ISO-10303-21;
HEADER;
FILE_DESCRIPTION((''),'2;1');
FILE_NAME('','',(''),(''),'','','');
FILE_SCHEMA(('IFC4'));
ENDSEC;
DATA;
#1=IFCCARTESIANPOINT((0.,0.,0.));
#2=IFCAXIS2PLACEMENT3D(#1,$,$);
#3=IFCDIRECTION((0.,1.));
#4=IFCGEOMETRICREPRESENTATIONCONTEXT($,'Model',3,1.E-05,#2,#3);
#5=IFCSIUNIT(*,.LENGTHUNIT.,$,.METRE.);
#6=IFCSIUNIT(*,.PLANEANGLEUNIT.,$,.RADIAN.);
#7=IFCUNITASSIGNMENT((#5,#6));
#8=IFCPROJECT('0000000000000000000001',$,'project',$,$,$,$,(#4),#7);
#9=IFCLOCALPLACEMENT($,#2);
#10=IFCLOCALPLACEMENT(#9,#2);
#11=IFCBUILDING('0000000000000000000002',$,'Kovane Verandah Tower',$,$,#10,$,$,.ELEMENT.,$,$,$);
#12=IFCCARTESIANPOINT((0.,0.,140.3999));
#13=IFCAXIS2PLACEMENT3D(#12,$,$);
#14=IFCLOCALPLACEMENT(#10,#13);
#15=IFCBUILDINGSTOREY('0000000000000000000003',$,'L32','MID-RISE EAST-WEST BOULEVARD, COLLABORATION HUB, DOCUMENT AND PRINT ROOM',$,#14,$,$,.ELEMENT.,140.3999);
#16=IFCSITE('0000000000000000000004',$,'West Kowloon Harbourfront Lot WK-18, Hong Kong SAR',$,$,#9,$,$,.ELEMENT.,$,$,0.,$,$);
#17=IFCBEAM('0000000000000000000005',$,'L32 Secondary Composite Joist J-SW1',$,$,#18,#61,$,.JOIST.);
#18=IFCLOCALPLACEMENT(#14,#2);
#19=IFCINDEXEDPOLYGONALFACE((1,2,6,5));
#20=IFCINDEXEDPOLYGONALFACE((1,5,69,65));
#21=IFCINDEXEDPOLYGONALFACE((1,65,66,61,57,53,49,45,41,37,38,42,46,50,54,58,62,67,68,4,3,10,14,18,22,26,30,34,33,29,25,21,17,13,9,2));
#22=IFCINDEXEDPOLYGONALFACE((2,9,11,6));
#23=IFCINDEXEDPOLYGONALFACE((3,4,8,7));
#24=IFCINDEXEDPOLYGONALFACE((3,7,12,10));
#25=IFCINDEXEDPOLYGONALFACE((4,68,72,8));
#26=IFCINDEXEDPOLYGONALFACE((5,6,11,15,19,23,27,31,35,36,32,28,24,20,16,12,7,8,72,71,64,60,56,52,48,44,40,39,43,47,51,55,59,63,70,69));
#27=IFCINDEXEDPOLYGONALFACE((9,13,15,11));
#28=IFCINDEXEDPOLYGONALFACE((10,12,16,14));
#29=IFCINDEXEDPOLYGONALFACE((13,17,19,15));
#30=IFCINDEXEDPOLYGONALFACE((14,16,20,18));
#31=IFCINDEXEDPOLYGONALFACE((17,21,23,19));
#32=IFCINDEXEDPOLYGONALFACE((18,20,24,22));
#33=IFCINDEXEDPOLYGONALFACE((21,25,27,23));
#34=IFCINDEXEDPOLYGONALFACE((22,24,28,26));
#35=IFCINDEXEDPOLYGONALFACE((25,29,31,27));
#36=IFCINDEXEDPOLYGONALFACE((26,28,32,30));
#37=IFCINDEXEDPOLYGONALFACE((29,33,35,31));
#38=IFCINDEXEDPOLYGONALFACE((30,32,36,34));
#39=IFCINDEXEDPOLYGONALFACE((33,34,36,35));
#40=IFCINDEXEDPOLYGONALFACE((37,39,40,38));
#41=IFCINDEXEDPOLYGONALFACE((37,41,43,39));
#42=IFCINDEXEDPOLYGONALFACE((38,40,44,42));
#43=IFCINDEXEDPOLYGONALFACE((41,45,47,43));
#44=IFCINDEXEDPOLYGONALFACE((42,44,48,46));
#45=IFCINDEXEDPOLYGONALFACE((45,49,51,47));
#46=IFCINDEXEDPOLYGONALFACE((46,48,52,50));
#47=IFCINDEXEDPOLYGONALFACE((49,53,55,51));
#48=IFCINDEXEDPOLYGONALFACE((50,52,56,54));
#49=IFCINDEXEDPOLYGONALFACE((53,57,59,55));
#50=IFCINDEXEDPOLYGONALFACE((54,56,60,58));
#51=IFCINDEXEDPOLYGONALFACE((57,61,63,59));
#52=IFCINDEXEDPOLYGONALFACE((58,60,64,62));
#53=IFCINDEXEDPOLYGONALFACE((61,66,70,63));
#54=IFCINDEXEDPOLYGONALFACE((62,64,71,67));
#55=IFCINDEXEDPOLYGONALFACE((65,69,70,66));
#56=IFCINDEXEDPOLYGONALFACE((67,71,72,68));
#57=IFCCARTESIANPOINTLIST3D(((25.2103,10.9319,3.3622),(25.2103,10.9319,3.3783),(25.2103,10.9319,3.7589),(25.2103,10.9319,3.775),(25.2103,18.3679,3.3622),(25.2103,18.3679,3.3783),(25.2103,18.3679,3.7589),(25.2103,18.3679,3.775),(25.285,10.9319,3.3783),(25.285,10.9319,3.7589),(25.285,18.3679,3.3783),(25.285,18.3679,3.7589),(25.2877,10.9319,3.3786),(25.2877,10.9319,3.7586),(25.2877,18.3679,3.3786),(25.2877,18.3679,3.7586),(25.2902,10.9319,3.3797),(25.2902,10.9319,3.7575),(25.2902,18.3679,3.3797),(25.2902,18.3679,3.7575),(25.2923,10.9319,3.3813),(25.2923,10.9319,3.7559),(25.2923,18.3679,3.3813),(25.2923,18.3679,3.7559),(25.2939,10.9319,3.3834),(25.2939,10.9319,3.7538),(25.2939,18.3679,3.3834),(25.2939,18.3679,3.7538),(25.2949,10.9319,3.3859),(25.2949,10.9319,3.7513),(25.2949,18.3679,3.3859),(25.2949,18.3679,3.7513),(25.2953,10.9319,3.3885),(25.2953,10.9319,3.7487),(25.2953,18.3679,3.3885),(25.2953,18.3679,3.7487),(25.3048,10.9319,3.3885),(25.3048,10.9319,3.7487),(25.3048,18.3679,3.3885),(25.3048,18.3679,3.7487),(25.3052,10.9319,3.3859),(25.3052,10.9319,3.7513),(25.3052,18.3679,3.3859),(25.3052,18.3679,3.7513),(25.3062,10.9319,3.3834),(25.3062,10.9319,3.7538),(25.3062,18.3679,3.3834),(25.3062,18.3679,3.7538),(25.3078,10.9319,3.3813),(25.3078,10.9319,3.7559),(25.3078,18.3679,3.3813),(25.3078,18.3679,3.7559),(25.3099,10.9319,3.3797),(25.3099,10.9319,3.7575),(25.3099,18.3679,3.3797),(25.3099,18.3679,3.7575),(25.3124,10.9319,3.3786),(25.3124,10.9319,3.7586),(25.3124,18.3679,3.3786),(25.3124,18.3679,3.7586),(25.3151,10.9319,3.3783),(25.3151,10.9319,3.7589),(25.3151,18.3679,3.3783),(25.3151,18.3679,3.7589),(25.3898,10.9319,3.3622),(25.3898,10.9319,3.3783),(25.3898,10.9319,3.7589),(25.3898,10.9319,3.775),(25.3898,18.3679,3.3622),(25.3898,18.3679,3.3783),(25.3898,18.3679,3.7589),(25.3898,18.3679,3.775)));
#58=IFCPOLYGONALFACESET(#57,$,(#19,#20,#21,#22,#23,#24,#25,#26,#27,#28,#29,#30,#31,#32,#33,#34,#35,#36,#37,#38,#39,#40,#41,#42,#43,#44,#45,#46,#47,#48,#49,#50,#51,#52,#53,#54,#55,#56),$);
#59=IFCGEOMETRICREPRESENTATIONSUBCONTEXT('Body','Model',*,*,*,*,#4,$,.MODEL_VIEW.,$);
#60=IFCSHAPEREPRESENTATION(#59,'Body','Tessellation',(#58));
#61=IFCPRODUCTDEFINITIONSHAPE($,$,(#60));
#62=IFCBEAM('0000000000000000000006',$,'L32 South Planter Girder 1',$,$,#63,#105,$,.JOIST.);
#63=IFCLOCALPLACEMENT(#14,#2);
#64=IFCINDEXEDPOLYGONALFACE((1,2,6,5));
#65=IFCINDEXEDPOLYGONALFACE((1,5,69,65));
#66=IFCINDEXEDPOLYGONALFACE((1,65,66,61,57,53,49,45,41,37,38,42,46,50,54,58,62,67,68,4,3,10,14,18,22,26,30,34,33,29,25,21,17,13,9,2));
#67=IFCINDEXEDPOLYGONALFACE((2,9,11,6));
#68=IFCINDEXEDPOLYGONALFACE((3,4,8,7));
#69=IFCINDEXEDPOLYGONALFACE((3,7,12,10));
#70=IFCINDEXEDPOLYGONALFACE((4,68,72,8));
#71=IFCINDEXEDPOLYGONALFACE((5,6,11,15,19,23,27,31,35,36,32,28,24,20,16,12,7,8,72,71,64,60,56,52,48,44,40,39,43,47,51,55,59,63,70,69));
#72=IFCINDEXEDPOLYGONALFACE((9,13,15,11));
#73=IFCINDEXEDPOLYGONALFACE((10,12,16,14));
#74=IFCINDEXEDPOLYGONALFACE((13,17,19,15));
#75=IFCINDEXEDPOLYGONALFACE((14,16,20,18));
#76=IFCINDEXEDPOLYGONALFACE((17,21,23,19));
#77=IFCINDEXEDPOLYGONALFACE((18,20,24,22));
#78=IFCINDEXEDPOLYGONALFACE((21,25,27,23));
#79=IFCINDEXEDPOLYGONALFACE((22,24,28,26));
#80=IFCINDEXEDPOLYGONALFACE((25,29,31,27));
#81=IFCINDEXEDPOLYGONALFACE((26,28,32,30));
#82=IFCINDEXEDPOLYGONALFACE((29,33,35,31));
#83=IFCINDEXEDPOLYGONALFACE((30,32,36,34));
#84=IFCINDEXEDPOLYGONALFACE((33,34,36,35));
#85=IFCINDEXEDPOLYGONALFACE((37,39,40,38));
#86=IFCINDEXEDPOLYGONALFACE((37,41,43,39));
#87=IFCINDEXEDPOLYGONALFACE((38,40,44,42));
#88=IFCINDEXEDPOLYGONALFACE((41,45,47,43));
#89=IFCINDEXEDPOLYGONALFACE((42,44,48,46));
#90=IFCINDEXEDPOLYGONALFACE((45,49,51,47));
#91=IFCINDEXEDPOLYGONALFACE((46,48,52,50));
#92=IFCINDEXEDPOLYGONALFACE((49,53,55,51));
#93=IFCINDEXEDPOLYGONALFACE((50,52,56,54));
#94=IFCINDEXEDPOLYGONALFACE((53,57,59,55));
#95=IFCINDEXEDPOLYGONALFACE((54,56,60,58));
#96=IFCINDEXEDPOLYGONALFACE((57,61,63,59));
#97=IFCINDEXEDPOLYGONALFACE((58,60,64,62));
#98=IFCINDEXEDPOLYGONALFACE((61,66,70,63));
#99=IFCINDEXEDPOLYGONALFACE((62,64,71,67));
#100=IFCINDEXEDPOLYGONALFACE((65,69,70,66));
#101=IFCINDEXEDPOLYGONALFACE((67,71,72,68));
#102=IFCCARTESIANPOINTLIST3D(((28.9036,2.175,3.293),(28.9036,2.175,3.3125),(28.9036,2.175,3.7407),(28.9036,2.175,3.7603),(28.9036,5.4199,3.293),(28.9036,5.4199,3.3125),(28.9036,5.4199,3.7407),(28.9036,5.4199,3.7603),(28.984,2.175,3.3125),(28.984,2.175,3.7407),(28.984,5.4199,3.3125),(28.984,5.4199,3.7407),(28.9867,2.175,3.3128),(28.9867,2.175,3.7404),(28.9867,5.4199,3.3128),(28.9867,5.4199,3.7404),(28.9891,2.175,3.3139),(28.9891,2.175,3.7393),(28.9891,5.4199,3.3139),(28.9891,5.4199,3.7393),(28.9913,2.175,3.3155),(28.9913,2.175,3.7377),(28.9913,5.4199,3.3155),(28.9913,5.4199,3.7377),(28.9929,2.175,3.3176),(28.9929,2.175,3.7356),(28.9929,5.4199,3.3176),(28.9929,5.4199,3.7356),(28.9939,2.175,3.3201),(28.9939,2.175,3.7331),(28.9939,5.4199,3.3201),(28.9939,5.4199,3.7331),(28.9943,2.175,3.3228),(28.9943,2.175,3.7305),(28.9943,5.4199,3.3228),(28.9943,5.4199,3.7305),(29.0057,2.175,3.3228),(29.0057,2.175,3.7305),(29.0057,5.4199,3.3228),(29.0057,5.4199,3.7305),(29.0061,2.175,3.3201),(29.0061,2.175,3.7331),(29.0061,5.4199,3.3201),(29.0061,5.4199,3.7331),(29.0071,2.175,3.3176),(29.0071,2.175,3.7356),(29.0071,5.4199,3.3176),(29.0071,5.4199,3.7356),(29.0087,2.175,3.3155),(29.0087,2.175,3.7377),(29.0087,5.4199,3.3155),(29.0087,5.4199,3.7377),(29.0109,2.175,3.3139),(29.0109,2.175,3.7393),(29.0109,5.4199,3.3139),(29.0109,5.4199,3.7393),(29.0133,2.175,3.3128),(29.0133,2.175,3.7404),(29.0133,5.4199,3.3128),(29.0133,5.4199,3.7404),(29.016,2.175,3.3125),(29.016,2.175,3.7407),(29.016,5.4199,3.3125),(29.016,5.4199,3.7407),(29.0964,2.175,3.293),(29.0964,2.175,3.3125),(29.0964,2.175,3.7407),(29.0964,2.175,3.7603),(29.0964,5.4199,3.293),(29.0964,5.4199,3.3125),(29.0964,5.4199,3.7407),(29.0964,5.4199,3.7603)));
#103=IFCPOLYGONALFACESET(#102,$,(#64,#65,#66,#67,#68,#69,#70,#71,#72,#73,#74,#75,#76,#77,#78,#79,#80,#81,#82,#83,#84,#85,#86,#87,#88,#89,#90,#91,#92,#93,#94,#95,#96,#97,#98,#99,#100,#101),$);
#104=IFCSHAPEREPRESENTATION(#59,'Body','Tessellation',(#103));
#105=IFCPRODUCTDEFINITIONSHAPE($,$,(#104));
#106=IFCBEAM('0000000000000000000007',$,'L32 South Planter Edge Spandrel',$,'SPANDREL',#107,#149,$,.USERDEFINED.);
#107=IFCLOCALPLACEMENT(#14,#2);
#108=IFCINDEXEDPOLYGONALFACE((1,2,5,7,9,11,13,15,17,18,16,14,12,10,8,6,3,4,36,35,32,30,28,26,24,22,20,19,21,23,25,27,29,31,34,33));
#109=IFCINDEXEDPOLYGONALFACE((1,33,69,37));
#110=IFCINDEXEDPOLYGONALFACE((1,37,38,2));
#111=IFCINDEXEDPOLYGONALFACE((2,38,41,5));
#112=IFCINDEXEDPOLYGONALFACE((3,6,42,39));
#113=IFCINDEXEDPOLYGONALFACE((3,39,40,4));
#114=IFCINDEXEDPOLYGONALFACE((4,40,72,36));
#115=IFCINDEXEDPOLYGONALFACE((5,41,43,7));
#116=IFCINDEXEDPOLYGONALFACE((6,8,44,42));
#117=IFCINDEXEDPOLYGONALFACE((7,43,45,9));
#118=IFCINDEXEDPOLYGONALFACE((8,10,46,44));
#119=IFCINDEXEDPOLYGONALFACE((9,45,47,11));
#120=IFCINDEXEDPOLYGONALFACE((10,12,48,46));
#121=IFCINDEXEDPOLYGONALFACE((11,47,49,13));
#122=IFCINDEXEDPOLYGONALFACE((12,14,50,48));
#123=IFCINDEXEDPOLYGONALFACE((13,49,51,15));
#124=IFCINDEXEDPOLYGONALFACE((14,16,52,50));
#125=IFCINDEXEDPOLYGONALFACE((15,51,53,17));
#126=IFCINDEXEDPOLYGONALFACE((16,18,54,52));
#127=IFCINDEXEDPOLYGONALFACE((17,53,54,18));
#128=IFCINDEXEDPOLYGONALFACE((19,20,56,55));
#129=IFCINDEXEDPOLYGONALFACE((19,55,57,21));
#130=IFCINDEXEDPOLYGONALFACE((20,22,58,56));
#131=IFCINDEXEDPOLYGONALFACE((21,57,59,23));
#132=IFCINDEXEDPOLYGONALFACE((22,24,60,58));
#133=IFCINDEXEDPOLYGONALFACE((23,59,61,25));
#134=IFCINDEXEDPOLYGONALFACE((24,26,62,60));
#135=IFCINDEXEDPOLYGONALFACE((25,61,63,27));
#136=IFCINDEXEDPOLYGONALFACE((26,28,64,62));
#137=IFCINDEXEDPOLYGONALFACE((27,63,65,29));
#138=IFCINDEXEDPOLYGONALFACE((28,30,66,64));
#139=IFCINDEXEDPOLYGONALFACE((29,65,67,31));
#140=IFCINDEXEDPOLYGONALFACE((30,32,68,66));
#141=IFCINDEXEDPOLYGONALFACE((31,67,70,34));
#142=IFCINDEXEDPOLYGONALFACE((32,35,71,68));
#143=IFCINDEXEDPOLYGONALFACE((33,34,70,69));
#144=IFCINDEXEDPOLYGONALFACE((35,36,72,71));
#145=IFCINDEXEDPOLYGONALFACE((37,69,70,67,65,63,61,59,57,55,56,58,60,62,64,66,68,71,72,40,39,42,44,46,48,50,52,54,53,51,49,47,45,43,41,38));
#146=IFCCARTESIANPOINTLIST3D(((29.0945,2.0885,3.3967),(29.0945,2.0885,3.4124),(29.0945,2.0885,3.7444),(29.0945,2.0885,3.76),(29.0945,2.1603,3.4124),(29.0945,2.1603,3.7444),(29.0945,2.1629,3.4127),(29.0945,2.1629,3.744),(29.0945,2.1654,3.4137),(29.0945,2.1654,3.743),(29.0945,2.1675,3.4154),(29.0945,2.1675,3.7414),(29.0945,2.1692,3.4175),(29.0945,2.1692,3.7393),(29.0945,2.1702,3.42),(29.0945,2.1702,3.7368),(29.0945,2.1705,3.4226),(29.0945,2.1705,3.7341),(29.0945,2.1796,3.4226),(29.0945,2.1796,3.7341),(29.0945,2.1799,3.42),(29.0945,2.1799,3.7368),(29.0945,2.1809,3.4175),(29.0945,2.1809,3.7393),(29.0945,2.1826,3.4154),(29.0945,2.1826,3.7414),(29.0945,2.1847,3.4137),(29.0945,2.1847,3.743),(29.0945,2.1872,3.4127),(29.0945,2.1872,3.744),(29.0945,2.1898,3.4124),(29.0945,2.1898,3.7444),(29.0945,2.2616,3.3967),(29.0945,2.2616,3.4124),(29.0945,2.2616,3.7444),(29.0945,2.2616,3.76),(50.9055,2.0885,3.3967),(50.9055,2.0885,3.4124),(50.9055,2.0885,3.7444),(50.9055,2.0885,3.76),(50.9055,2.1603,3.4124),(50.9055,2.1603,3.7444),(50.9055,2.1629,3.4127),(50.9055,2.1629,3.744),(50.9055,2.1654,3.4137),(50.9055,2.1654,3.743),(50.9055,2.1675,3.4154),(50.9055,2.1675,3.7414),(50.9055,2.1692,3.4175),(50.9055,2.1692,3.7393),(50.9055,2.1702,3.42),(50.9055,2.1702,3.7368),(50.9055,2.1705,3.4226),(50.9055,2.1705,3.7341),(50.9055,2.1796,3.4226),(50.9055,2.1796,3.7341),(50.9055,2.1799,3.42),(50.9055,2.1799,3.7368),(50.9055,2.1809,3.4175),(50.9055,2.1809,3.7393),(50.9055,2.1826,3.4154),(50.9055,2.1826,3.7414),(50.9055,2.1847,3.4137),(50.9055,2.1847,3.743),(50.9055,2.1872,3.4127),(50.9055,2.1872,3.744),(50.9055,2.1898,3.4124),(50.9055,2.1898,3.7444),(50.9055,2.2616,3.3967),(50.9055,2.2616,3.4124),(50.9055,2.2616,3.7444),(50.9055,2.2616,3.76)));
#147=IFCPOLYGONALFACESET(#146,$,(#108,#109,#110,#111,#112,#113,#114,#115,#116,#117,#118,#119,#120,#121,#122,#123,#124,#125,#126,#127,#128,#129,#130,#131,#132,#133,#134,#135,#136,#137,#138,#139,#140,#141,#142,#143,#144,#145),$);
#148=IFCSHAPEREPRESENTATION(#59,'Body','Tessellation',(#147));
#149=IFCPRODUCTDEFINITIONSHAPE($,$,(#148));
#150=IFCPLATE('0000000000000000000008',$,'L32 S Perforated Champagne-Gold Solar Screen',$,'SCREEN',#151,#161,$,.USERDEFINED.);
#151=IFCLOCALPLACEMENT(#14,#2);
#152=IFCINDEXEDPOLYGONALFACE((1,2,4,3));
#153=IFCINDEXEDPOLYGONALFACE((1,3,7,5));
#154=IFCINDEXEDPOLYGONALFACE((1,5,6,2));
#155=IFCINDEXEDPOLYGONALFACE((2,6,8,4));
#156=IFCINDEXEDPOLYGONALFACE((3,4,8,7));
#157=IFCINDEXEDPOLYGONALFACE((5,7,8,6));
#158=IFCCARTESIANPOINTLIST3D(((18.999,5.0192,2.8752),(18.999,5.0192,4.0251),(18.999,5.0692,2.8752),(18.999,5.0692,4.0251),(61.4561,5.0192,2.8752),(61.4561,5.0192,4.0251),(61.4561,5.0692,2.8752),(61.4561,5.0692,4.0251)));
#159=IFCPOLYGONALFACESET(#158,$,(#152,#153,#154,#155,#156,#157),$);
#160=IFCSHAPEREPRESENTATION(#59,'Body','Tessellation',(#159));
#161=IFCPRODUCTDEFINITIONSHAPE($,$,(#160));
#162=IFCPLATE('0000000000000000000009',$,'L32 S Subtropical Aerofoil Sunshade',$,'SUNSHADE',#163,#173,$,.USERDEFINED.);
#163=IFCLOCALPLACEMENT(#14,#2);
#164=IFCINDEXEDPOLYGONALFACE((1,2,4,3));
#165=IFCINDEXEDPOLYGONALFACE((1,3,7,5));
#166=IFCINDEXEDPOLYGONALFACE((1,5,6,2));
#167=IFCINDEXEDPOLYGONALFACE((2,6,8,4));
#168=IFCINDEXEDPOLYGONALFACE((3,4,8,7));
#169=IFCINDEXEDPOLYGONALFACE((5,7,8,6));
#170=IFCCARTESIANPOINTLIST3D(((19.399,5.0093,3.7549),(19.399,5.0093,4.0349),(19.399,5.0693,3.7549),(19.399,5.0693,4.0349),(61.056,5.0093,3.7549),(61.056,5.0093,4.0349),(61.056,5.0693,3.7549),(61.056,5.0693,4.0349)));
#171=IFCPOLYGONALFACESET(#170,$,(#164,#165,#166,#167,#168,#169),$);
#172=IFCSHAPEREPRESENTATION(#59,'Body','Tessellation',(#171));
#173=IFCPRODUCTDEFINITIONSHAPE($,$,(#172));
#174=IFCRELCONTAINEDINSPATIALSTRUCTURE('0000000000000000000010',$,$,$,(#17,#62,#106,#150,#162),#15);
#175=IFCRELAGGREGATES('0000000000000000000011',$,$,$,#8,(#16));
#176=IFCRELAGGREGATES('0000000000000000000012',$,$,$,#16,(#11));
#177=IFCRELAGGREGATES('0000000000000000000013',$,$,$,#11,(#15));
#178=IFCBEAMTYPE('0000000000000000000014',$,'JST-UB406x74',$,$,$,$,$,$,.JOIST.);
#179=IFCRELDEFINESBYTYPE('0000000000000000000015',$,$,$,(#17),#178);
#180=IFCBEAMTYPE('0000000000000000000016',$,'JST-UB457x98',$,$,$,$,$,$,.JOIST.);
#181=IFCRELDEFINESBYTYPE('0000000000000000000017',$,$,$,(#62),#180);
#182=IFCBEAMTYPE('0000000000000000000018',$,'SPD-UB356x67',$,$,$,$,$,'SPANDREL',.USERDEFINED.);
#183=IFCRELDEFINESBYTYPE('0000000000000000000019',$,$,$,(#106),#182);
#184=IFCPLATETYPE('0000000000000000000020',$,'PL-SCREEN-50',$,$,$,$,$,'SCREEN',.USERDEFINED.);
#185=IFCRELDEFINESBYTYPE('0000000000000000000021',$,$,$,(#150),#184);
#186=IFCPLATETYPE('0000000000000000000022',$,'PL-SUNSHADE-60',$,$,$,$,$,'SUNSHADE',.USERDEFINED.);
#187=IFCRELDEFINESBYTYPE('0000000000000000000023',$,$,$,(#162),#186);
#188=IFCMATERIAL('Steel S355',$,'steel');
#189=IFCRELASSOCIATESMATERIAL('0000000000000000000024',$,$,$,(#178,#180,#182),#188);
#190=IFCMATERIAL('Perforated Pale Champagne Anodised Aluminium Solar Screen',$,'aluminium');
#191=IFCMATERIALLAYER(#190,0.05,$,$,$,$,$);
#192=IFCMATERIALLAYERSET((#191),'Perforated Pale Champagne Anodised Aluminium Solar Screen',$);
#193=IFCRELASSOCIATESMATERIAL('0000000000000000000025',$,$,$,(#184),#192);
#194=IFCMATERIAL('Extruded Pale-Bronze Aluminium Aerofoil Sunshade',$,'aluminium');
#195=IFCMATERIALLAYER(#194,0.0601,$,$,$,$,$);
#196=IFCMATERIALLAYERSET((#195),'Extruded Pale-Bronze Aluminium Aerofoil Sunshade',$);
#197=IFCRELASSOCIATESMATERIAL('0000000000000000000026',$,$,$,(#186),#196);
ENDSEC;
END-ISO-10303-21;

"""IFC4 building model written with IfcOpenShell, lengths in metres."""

from ifc_helpers import new_model, si_unit, direction, frame, origin, origin_2d, place, context, subcontext, project, spatial, rectangle, i_section, extrude, material, layer, layer_set, material_profile, profile_set, type_object, element, save


model = new_model("IFC4")

# Units and contexts
model_context = context("Model", 3, precision=1e-05, world=origin(), true_north=direction((0.0, 1.0)))
body_context = subcontext(model_context, "Body", "Model", "MODEL_VIEW")
ifc_project = project(units=[si_unit("LENGTHUNIT", "METRE"), si_unit("PLANEANGLEUNIT", "RADIAN")], contexts=[model_context])

# Site, building, storey
site_placement = place(None, origin())
site = spatial("IfcSite", under=ifc_project, at=site_placement, Name="West Kowloon Harbourfront Lot WK-18, Hong Kong SAR", CompositionType="ELEMENT", RefElevation=0.0)
building_placement = place(site_placement, origin())
building = spatial("IfcBuilding", under=site, at=building_placement, Name="Kovane Verandah Tower", CompositionType="ELEMENT")
storey_placement = place(building_placement, frame((0.0, 0.0, 140.3999)))
storey = spatial("IfcBuildingStorey", under=building, at=storey_placement, Name="L32", Description="MID-RISE EAST-WEST BOULEVARD, COLLABORATION HUB, DOCUMENT AND PRINT ROOM", CompositionType="ELEMENT", Elevation=140.3999)

# Beams
ifc_material_1 = material(Name="Steel S355", Category="steel")
ifc_material_profile_1 = material_profile(ifc_material_1, i_section(OverallWidth=0.1794, OverallDepth=0.4128, WebThickness=0.0095, FlangeThickness=0.0161, FilletRadius=0.0103, at=origin_2d()), Name="UB406x178x74")
ifc_profile_set_1 = profile_set([ifc_material_profile_1], Name="Steel S355")
beam_type_1 = type_object("IfcBeamType", Name="JST-UB406x74", PredefinedType="JOIST", material=ifc_profile_set_1)
beam_1_placement = place(storey_placement, frame((25.3, 10.9319, 3.5686), z_axis=(0.0, 1.0, 0.0), x_axis=(-1.0, 0.0, 0.0)))
element("IfcBeam", 1, at=beam_1_placement, inside=storey, type_object=beam_type_1, Name="L32 Secondary Composite Joist J-SW1", PredefinedType="JOIST", context=body_context, shape_type="SweptSolid", body=[
    extrude(i_section(OverallWidth=0.1794, OverallDepth=0.4128, WebThickness=0.0095, FlangeThickness=0.0161, FilletRadius=0.0103, at=origin_2d()), origin(), (0.0, 0.0, 1.0), 7.436),
])
ifc_material_profile_2 = material_profile(ifc_material_1, i_section(OverallWidth=0.1929, OverallDepth=0.4673, WebThickness=0.0115, FlangeThickness=0.0195, FilletRadius=0.0103, at=origin_2d()), Name="UB457x191x98")
ifc_profile_set_2 = profile_set([ifc_material_profile_2], Name="Steel S355")
beam_type_2 = type_object("IfcBeamType", Name="JST-UB457x98", PredefinedType="JOIST", material=ifc_profile_set_2)
beam_2_placement = place(storey_placement, frame((29.0, 5.4199, 3.5266), z_axis=(0.0, -1.0, 0.0), x_axis=(1.0, 0.0, 0.0)))
element("IfcBeam", 2, at=beam_2_placement, inside=storey, type_object=beam_type_2, Name="L32 South Planter Girder 1", PredefinedType="JOIST", context=body_context, shape_type="SweptSolid", body=[
    extrude(i_section(OverallWidth=0.1929, OverallDepth=0.4673, WebThickness=0.0115, FlangeThickness=0.0195, FilletRadius=0.0103, at=origin_2d()), origin(), (0.0, 0.0, 1.0), 3.2449),
])
ifc_material_profile_3 = material_profile(ifc_material_1, i_section(OverallWidth=0.1731, OverallDepth=0.3633, WebThickness=0.009, FlangeThickness=0.0156, FilletRadius=0.0103, at=origin_2d()), Name="UB356x171x67")
ifc_profile_set_3 = profile_set([ifc_material_profile_3], Name="Steel S355")
beam_type_3 = type_object("IfcBeamType", Name="SPD-UB356x67", ElementType="SPANDREL", PredefinedType="USERDEFINED", material=ifc_profile_set_3)
beam_3_placement = place(storey_placement, frame((29.0945, 2.175, 3.5784), z_axis=(1.0, 0.0, 0.0), x_axis=(0.0, 1.0, 0.0)))
element("IfcBeam", 3, at=beam_3_placement, inside=storey, type_object=beam_type_3, Name="L32 South Planter Edge Spandrel", ObjectType="SPANDREL", PredefinedType="USERDEFINED", context=body_context, shape_type="SweptSolid", body=[
    extrude(i_section(OverallWidth=0.1731, OverallDepth=0.3633, WebThickness=0.009, FlangeThickness=0.0156, FilletRadius=0.0103, at=origin_2d()), origin(), (0.0, 0.0, 1.0), 21.811),
])

# Plates
ifc_material_2 = material(Name="Perforated Pale Champagne Anodised Aluminium Solar Screen", Category="aluminium")
ifc_layer_1 = layer(ifc_material_2, 0.05)
ifc_layer_set_1 = layer_set([ifc_layer_1], Name="Perforated Pale Champagne Anodised Aluminium Solar Screen")
plate_type_1 = type_object("IfcPlateType", Name="PL-SCREEN-50", ElementType="SCREEN", PredefinedType="USERDEFINED", material=ifc_layer_set_1)
plate_1_placement = place(storey_placement, frame((40.2275, 5.0442, 2.8752), z_axis=(0.0, 0.0, 1.0), x_axis=(1.0, 0.0, 0.0)))
element("IfcPlate", 4, at=plate_1_placement, inside=storey, type_object=plate_type_1, Name="L32 S Perforated Champagne-Gold Solar Screen", ObjectType="SCREEN", PredefinedType="USERDEFINED", context=body_context, shape_type="SweptSolid", body=[
    extrude(rectangle(XDim=42.457, YDim=0.05, at=origin_2d()), origin(), (0.0, 0.0, 1.0), 1.1499),
])
ifc_material_3 = material(Name="Extruded Pale-Bronze Aluminium Aerofoil Sunshade", Category="aluminium")
ifc_layer_2 = layer(ifc_material_3, 0.0601)
ifc_layer_set_2 = layer_set([ifc_layer_2], Name="Extruded Pale-Bronze Aluminium Aerofoil Sunshade")
plate_type_2 = type_object("IfcPlateType", Name="PL-SUNSHADE-60", ElementType="SUNSHADE", PredefinedType="USERDEFINED", material=ifc_layer_set_2)
plate_2_placement = place(storey_placement, frame((40.2275, 5.0393, 3.7549), z_axis=(0.0, 0.0, 1.0), x_axis=(1.0, 0.0, 0.0)))
element("IfcPlate", 5, at=plate_2_placement, inside=storey, type_object=plate_type_2, Name="L32 S Subtropical Aerofoil Sunshade", ObjectType="SUNSHADE", PredefinedType="USERDEFINED", context=body_context, shape_type="SweptSolid", body=[
    extrude(rectangle(XDim=41.657, YDim=0.0601, at=origin_2d()), origin(), (0.0, 0.0, 1.0), 0.28),
])

save(model, "model.ifc")
